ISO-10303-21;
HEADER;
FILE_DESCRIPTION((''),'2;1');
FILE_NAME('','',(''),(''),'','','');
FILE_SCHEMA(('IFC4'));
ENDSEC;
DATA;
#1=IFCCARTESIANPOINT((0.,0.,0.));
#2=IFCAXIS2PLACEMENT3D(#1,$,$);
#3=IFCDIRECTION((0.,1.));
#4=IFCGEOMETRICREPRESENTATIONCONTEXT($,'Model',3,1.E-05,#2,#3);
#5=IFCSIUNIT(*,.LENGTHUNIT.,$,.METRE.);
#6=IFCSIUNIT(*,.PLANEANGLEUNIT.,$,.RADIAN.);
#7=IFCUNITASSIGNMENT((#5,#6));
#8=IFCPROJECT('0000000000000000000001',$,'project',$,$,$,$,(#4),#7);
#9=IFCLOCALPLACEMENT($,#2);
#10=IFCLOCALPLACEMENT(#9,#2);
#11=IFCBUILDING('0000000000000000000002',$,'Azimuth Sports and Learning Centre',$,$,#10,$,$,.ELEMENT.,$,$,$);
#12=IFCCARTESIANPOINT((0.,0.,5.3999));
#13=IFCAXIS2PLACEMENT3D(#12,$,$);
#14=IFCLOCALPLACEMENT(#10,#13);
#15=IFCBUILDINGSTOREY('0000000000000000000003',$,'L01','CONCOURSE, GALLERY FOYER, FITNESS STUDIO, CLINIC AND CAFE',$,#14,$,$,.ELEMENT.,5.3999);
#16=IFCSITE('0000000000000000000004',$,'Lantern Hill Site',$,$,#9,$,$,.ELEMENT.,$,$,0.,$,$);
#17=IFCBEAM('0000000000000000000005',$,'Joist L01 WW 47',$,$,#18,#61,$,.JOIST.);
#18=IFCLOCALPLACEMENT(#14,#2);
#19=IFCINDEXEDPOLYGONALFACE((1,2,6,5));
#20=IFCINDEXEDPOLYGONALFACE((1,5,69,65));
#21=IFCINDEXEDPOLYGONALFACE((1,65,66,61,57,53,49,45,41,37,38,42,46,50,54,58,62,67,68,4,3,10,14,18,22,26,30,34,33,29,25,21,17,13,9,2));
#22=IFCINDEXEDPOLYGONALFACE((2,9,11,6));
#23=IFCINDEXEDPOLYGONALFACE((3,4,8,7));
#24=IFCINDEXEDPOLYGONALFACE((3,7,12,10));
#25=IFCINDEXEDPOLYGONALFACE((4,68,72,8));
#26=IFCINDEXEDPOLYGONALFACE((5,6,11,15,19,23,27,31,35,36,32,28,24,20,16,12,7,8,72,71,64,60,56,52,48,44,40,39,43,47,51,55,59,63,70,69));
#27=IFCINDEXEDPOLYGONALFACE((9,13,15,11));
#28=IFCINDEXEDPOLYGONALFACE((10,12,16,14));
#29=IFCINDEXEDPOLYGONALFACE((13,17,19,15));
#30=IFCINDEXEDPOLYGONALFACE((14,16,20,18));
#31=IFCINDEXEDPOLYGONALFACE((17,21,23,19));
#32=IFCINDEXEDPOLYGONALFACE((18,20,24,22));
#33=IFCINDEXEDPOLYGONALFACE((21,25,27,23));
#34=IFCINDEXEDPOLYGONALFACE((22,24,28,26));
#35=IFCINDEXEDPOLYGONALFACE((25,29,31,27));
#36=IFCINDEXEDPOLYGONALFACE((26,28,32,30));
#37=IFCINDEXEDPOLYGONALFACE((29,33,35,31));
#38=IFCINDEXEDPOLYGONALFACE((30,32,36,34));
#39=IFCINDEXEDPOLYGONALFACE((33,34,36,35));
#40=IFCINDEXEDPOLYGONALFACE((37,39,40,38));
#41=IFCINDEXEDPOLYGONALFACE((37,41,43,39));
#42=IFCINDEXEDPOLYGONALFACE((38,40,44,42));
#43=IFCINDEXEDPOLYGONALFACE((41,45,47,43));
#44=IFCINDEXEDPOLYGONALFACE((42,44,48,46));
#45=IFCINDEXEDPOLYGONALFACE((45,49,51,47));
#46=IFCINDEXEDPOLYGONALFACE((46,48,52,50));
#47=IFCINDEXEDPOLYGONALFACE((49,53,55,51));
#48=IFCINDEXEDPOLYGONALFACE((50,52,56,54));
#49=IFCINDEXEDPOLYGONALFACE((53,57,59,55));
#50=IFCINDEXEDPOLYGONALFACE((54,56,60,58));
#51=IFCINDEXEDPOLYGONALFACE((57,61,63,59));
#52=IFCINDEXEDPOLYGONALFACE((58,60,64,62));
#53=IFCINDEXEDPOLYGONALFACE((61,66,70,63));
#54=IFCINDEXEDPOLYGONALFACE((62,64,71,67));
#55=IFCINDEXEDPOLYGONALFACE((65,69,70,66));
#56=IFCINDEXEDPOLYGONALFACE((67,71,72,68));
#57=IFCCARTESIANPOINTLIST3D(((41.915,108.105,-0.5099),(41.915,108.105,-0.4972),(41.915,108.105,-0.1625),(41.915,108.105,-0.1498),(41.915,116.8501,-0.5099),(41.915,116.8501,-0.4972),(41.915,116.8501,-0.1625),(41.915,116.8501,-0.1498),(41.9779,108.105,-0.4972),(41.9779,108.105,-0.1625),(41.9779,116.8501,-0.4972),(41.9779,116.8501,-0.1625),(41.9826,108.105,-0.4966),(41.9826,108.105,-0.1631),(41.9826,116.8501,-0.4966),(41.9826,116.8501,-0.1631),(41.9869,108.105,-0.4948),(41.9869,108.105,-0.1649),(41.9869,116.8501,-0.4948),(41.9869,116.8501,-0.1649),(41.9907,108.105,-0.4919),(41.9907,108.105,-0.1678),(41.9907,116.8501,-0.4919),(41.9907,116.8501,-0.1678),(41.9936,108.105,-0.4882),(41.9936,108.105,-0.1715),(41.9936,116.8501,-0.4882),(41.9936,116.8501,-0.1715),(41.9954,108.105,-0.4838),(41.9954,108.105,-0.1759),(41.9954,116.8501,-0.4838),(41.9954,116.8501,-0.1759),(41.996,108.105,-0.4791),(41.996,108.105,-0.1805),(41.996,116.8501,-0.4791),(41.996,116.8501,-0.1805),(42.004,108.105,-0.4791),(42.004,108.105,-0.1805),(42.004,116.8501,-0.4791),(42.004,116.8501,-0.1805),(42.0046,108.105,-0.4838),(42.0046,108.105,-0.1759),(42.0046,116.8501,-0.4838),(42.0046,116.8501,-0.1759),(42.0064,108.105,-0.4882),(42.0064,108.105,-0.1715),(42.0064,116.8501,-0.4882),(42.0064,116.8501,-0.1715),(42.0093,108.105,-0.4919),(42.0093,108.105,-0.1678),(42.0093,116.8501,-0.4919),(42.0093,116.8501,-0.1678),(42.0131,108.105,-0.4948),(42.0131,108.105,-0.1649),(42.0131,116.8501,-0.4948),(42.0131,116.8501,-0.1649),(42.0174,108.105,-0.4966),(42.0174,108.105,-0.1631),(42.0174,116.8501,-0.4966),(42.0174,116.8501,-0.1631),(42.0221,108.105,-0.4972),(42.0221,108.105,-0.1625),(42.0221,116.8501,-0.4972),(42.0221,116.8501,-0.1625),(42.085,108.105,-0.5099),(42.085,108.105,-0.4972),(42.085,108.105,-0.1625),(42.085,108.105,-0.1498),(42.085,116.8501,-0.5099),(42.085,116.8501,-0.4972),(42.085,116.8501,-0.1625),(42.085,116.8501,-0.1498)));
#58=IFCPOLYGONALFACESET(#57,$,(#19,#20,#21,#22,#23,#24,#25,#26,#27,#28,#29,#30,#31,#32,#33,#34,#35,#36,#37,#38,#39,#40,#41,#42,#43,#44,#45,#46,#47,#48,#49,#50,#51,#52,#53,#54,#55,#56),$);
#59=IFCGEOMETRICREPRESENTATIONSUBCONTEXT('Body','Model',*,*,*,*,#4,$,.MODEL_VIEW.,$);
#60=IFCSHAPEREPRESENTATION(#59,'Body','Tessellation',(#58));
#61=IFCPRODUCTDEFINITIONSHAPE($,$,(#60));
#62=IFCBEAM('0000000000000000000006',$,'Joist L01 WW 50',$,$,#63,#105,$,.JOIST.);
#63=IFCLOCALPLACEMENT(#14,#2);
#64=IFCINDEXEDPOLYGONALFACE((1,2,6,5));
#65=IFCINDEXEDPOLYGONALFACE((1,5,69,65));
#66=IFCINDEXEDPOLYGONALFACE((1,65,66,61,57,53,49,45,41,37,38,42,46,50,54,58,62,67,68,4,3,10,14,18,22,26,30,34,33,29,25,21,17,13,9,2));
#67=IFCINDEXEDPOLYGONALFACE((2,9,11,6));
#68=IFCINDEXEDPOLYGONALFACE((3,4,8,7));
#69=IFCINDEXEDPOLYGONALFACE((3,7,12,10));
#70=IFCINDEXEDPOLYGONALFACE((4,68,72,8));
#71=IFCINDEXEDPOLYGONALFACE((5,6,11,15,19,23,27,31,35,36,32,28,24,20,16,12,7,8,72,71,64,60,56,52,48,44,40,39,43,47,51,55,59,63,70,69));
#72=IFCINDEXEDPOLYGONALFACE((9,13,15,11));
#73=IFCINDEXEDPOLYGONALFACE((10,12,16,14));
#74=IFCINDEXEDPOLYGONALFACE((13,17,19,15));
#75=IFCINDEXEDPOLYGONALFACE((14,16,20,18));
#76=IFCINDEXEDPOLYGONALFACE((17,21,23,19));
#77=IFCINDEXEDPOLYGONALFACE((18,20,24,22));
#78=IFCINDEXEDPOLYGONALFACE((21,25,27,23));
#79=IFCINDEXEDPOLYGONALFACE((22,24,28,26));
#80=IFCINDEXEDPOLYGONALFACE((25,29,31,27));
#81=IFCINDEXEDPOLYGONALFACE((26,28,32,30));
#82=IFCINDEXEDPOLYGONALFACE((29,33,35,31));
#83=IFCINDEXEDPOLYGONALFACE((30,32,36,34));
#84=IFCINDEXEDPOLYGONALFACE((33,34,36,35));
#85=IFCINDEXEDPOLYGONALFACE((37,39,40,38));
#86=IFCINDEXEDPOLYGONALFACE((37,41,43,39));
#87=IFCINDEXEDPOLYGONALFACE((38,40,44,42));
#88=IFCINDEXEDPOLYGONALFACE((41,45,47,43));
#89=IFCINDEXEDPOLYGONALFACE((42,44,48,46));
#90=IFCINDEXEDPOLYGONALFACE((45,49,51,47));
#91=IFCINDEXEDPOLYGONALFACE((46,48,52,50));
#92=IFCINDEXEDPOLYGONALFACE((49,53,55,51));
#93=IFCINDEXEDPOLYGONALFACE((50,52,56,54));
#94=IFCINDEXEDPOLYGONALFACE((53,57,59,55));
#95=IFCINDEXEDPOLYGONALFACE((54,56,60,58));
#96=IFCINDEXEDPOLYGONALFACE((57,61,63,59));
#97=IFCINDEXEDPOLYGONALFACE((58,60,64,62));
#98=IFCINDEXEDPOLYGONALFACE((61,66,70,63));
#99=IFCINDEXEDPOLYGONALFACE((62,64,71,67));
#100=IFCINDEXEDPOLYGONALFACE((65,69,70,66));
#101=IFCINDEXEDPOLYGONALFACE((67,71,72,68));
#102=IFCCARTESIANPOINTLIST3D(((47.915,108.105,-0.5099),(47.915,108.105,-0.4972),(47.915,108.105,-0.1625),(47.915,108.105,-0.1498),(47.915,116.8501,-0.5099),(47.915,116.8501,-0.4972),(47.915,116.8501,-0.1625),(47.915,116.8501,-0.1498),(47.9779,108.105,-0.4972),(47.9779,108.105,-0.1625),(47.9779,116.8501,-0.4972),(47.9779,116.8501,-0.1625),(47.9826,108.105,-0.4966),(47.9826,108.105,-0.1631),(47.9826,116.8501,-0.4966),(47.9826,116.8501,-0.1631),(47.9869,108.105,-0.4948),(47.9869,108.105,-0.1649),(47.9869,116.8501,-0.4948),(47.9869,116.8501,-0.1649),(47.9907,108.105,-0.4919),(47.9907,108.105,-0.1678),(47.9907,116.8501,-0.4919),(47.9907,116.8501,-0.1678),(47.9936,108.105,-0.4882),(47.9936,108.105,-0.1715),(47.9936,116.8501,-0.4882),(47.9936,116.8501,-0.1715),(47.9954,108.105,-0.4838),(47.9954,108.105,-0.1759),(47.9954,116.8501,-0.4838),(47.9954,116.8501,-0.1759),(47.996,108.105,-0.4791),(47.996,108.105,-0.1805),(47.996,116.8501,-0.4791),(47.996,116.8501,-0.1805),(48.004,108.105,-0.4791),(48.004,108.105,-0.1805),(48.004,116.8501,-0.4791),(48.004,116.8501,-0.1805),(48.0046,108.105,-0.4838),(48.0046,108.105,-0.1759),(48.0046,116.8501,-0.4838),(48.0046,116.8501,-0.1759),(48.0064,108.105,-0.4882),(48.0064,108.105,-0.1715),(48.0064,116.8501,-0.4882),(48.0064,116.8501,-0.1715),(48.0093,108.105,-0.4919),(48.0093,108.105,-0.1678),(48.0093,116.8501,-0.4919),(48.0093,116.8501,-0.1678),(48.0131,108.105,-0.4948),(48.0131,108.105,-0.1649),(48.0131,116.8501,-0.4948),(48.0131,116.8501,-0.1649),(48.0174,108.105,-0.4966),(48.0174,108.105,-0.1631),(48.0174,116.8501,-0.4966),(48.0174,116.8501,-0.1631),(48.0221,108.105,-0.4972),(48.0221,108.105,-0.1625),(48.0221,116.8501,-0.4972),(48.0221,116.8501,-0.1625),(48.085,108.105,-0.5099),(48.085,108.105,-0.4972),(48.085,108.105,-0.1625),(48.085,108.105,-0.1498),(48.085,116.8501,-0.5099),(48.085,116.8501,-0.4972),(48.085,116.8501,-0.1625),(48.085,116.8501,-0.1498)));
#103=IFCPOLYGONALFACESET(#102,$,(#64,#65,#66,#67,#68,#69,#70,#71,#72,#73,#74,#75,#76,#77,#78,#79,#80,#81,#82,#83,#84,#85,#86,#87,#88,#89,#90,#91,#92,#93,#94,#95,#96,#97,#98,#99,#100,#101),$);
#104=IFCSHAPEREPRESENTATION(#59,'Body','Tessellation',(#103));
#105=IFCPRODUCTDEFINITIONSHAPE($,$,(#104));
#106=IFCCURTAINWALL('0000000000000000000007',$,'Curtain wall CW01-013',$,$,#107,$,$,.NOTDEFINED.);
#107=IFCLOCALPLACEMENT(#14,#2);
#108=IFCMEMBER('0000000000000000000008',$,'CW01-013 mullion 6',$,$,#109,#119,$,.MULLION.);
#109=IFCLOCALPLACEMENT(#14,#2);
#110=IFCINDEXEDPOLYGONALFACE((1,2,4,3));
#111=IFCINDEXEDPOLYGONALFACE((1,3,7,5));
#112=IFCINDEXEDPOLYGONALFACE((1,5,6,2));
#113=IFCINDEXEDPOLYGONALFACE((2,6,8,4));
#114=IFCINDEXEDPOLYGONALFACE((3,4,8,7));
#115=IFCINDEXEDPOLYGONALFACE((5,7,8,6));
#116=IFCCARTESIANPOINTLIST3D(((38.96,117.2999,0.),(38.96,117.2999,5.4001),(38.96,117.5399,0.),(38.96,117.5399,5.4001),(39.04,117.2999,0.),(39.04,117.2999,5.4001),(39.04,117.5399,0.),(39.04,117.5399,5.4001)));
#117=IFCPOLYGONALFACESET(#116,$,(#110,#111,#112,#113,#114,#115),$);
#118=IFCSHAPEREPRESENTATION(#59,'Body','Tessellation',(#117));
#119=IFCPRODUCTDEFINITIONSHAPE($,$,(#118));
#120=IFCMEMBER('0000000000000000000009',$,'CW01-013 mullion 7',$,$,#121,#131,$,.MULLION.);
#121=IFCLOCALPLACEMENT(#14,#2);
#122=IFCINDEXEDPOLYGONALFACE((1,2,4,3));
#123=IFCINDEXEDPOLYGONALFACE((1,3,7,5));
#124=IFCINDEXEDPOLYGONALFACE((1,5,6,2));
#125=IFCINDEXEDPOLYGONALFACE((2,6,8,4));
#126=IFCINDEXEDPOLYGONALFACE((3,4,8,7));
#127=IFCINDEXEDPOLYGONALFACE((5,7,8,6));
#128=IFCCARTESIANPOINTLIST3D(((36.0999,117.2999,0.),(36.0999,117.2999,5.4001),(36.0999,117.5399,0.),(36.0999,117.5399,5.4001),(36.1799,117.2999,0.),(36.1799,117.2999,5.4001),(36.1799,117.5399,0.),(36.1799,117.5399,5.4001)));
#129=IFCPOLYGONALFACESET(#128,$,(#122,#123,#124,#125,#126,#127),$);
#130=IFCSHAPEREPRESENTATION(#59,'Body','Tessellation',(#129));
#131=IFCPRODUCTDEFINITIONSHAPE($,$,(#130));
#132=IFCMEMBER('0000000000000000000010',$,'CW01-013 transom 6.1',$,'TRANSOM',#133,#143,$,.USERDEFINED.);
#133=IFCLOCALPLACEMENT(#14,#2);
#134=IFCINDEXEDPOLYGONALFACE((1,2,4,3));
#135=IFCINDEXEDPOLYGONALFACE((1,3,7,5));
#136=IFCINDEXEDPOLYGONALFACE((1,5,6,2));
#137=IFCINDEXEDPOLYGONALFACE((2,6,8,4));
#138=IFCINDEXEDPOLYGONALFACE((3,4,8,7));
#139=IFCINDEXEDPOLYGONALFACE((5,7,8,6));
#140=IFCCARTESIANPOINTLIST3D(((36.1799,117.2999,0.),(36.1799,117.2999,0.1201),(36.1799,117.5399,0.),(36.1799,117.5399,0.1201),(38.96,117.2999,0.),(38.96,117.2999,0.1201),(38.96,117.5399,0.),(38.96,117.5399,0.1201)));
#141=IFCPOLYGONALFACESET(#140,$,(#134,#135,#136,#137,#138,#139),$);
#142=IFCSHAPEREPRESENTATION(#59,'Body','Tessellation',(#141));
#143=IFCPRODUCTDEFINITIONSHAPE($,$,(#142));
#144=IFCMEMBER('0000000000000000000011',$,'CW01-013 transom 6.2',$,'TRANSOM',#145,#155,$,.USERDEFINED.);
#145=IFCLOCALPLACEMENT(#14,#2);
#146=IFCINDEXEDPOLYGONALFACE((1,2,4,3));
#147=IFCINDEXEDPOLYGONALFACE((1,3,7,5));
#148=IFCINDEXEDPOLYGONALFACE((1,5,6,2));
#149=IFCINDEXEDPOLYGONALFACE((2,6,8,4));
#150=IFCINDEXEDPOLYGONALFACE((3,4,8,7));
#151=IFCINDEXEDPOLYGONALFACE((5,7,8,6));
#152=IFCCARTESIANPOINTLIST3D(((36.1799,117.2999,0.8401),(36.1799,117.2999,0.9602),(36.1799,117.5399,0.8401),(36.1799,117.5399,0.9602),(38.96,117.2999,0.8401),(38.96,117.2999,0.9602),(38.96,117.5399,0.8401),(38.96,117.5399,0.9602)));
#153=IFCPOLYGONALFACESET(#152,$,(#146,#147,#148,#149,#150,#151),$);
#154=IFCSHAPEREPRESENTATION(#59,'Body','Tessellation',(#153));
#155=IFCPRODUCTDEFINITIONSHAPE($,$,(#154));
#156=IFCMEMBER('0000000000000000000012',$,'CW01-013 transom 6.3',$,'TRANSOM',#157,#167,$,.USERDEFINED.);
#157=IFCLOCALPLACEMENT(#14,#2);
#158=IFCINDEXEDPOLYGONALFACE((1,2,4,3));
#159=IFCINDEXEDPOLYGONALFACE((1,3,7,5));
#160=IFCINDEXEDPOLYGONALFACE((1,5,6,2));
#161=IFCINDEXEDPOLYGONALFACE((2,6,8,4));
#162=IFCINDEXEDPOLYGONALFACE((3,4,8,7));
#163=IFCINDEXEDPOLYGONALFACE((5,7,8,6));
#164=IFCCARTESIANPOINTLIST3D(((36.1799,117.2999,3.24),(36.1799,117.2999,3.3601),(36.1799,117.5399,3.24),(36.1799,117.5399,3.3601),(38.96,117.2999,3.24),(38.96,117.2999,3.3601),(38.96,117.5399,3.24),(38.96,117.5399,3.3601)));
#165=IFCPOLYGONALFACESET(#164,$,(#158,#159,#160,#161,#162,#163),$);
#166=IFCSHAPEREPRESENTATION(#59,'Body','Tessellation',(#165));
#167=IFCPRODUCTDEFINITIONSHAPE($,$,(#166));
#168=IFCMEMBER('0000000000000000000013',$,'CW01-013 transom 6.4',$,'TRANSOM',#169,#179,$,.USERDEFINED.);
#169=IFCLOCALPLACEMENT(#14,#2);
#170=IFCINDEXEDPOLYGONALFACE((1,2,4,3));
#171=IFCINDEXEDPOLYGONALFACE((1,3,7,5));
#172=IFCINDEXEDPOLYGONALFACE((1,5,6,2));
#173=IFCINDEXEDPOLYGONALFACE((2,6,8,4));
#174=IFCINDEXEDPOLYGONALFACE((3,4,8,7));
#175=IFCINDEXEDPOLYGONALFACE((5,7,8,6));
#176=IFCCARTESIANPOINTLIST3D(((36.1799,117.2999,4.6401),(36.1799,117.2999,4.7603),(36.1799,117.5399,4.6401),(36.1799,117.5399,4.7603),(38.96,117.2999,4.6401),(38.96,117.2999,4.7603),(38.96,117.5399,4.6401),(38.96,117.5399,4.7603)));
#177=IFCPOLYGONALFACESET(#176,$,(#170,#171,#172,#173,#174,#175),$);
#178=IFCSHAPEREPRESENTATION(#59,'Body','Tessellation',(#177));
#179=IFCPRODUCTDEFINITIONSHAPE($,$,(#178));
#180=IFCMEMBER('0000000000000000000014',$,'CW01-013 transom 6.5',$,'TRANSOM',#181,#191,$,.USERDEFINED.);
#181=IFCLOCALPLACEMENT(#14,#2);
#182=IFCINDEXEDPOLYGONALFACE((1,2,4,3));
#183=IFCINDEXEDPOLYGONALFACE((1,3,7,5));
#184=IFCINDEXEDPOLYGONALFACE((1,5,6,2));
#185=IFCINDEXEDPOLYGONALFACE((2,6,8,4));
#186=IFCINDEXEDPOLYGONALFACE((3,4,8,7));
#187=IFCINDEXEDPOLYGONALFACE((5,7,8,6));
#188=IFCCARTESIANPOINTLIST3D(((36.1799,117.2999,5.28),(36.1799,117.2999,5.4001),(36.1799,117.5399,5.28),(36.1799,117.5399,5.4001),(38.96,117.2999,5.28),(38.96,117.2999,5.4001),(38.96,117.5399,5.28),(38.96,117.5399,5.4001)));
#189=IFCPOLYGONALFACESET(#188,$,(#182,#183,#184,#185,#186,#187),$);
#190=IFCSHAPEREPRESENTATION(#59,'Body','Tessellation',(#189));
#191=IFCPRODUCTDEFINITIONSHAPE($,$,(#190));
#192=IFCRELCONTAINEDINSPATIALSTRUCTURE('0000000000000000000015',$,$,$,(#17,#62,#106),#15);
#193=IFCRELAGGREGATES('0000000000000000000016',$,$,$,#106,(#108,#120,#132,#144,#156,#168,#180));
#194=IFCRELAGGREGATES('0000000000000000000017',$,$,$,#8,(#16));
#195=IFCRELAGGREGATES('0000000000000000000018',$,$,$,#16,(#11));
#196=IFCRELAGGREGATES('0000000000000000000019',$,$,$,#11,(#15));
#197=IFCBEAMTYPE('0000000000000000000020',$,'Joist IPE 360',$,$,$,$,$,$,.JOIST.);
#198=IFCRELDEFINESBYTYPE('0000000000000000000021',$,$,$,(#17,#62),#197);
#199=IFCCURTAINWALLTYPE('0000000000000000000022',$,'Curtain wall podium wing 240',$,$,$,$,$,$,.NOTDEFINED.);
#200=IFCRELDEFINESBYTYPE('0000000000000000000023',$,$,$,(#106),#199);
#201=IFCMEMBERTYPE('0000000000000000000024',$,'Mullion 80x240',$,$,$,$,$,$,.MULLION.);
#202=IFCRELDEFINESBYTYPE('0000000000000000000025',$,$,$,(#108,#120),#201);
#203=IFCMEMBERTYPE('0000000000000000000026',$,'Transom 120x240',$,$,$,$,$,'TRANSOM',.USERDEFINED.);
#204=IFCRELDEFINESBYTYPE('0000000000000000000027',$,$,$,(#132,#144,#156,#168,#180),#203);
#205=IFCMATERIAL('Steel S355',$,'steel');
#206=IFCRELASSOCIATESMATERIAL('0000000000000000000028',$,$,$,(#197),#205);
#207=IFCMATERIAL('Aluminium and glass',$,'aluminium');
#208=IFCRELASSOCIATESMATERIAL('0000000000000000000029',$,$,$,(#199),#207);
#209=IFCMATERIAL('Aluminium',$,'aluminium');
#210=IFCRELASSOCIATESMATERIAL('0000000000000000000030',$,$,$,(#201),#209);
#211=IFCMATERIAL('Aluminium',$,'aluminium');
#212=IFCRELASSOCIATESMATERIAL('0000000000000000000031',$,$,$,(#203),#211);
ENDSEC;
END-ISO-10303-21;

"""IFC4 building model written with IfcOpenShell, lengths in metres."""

from ifc_helpers import new_model, si_unit, direction, frame, origin, origin_2d, place, context, subcontext, project, spatial, rectangle, i_section, extrude, material, material_profile, profile_set, type_object, element, aggregate, save


model = new_model("IFC4")

# Units and contexts
model_context = context("Model", 3, precision=1e-05, world=origin(), true_north=direction((0.0, 1.0)))
body_context = subcontext(model_context, "Body", "Model", "MODEL_VIEW")
ifc_project = project(units=[si_unit("LENGTHUNIT", "METRE"), si_unit("PLANEANGLEUNIT", "RADIAN")], contexts=[model_context])

# Site, building, storey
site_placement = place(None, origin())
site = spatial("IfcSite", under=ifc_project, at=site_placement, Name="Lantern Hill Site", CompositionType="ELEMENT", RefElevation=0.0)
building_placement = place(site_placement, origin())
building = spatial("IfcBuilding", under=site, at=building_placement, Name="Azimuth Sports and Learning Centre", CompositionType="ELEMENT")
storey_placement = place(building_placement, frame((0.0, 0.0, 5.3999)))
storey = spatial("IfcBuildingStorey", under=building, at=storey_placement, Name="L01", Description="CONCOURSE, GALLERY FOYER, FITNESS STUDIO, CLINIC AND CAFE", CompositionType="ELEMENT", Elevation=5.3999)

# Beams
ifc_material_1 = material(Name="Steel S355", Category="steel")
ifc_material_profile_1 = material_profile(ifc_material_1, i_section(OverallWidth=0.1699, OverallDepth=0.3601, WebThickness=0.0081, FlangeThickness=0.0127, FilletRadius=0.0181, at=origin_2d()), Name="IPE 360")
ifc_profile_set_1 = profile_set([ifc_material_profile_1], Name="Steel S355")
beam_type_1 = type_object("IfcBeamType", Name="Joist IPE 360", PredefinedType="JOIST", material=ifc_profile_set_1)
for number, where, z_axis, x_axis, name in (
    (1, (42.0, 108.105, -0.3298), (0.0, 1.0, 0.0), (-1.0, 0.0, 0.0), "Joist L01 WW 47"),
    (2, (48.0, 108.105, -0.3298), (0.0, 1.0, 0.0), (-1.0, 0.0, 0.0), "Joist L01 WW 50"),
):
    element("IfcBeam", number, at=place(storey_placement, frame(where, z_axis=z_axis, x_axis=x_axis)), inside=storey, type_object=beam_type_1, Name=name, PredefinedType="JOIST", context=body_context, shape_type="SweptSolid", body=[
        extrude(i_section(OverallWidth=0.1699, OverallDepth=0.3601, WebThickness=0.0081, FlangeThickness=0.0127, FilletRadius=0.0181, at=origin_2d()), origin(), (0.0, 0.0, 1.0), 8.7451),
    ])

# Curtain wall, members
ifc_material_2 = material(Name="Aluminium and glass", Category="aluminium")
curtain_wall_type = type_object("IfcCurtainWallType", Name="Curtain wall podium wing 240", PredefinedType="NOTDEFINED", material=ifc_material_2)
curtain_wall_placement = place(storey_placement, origin())
curtain_wall = element("IfcCurtainWall", 3, at=curtain_wall_placement, inside=storey, type_object=curtain_wall_type, Name="Curtain wall CW01-013", PredefinedType="NOTDEFINED")
ifc_material_3 = material(Name="Aluminium", Category="aluminium")
ifc_material_profile_2 = material_profile(ifc_material_3, rectangle(XDim=0.24, YDim=0.0801, at=origin_2d()), Name="Mullion 80x240")
ifc_profile_set_2 = profile_set([ifc_material_profile_2], Name="Aluminium")
member_type_1 = type_object("IfcMemberType", Name="Mullion 80x240", PredefinedType="MULLION", material=ifc_profile_set_2)
member_1_placement = place(storey_placement, frame((39.0, 117.4199, 0.0), z_axis=(0.0, 0.0, 1.0), x_axis=(0.0, -1.0, 0.0)))
member_1 = element("IfcMember", 4, at=member_1_placement, type_object=member_type_1, Name="CW01-013 mullion 6", PredefinedType="MULLION", context=body_context, shape_type="SweptSolid", body=[
    extrude(rectangle(XDim=0.24, YDim=0.0801, at=origin_2d()), origin(), (0.0, 0.0, 1.0), 5.4001),
])
member_2_placement = place(storey_placement, frame((36.1399, 117.4199, 0.0), z_axis=(0.0, 0.0, 1.0), x_axis=(0.0, -1.0, 0.0)))
member_2 = element("IfcMember", 5, at=member_2_placement, type_object=member_type_1, Name="CW01-013 mullion 7", PredefinedType="MULLION", context=body_context, shape_type="SweptSolid", body=[
    extrude(rectangle(XDim=0.24, YDim=0.0801, at=origin_2d()), origin(), (0.0, 0.0, 1.0), 5.4001),
])
ifc_material_4 = material(Name="Aluminium", Category="aluminium")
ifc_material_profile_3 = material_profile(ifc_material_4, rectangle(XDim=0.24, YDim=0.1201, at=origin_2d()), Name="Transom 120x240")
ifc_profile_set_3 = profile_set([ifc_material_profile_3], Name="Aluminium")
member_type_2 = type_object("IfcMemberType", Name="Transom 120x240", ElementType="TRANSOM", PredefinedType="USERDEFINED", material=ifc_profile_set_3)
member_3_placement = place(storey_placement, frame((38.96, 117.4199, 0.0601), z_axis=(-1.0, 0.0, 0.0), x_axis=(0.0, -1.0, 0.0)))
member_3 = element("IfcMember", 6, at=member_3_placement, type_object=member_type_2, Name="CW01-013 transom 6.1", ObjectType="TRANSOM", PredefinedType="USERDEFINED", context=body_context, shape_type="SweptSolid", body=[
    extrude(rectangle(XDim=0.24, YDim=0.1201, at=origin_2d()), origin(), (0.0, 0.0, 1.0), 2.78),
])
member_4_placement = place(storey_placement, frame((38.96, 117.4199, 0.9001), z_axis=(-1.0, 0.0, 0.0), x_axis=(0.0, -1.0, 0.0)))
member_4 = element("IfcMember", 7, at=member_4_placement, type_object=member_type_2, Name="CW01-013 transom 6.2", ObjectType="TRANSOM", PredefinedType="USERDEFINED", context=body_context, shape_type="SweptSolid", body=[
    extrude(rectangle(XDim=0.24, YDim=0.1201, at=origin_2d()), origin(), (0.0, 0.0, 1.0), 2.78),
])
member_5_placement = place(storey_placement, frame((38.96, 117.4199, 3.3), z_axis=(-1.0, 0.0, 0.0), x_axis=(0.0, -1.0, 0.0)))
member_5 = element("IfcMember", 8, at=member_5_placement, type_object=member_type_2, Name="CW01-013 transom 6.3", ObjectType="TRANSOM", PredefinedType="USERDEFINED", context=body_context, shape_type="SweptSolid", body=[
    extrude(rectangle(XDim=0.24, YDim=0.1201, at=origin_2d()), origin(), (0.0, 0.0, 1.0), 2.78),
])
member_6_placement = place(storey_placement, frame((38.96, 117.4199, 4.7002), z_axis=(-1.0, 0.0, 0.0), x_axis=(0.0, -1.0, 0.0)))
member_6 = element("IfcMember", 9, at=member_6_placement, type_object=member_type_2, Name="CW01-013 transom 6.4", ObjectType="TRANSOM", PredefinedType="USERDEFINED", context=body_context, shape_type="SweptSolid", body=[
    extrude(rectangle(XDim=0.24, YDim=0.1201, at=origin_2d()), origin(), (0.0, 0.0, 1.0), 2.78),
])
member_7_placement = place(storey_placement, frame((38.96, 117.4199, 5.3401), z_axis=(-1.0, 0.0, 0.0), x_axis=(0.0, -1.0, 0.0)))
member_7 = element("IfcMember", 10, at=member_7_placement, type_object=member_type_2, Name="CW01-013 transom 6.5", ObjectType="TRANSOM", PredefinedType="USERDEFINED", context=body_context, shape_type="SweptSolid", body=[
    extrude(rectangle(XDim=0.24, YDim=0.1201, at=origin_2d()), origin(), (0.0, 0.0, 1.0), 2.78),
])
aggregate(curtain_wall, [member_1, member_2, member_3, member_4, member_5, member_6, member_7])

save(model, "model.ifc")
